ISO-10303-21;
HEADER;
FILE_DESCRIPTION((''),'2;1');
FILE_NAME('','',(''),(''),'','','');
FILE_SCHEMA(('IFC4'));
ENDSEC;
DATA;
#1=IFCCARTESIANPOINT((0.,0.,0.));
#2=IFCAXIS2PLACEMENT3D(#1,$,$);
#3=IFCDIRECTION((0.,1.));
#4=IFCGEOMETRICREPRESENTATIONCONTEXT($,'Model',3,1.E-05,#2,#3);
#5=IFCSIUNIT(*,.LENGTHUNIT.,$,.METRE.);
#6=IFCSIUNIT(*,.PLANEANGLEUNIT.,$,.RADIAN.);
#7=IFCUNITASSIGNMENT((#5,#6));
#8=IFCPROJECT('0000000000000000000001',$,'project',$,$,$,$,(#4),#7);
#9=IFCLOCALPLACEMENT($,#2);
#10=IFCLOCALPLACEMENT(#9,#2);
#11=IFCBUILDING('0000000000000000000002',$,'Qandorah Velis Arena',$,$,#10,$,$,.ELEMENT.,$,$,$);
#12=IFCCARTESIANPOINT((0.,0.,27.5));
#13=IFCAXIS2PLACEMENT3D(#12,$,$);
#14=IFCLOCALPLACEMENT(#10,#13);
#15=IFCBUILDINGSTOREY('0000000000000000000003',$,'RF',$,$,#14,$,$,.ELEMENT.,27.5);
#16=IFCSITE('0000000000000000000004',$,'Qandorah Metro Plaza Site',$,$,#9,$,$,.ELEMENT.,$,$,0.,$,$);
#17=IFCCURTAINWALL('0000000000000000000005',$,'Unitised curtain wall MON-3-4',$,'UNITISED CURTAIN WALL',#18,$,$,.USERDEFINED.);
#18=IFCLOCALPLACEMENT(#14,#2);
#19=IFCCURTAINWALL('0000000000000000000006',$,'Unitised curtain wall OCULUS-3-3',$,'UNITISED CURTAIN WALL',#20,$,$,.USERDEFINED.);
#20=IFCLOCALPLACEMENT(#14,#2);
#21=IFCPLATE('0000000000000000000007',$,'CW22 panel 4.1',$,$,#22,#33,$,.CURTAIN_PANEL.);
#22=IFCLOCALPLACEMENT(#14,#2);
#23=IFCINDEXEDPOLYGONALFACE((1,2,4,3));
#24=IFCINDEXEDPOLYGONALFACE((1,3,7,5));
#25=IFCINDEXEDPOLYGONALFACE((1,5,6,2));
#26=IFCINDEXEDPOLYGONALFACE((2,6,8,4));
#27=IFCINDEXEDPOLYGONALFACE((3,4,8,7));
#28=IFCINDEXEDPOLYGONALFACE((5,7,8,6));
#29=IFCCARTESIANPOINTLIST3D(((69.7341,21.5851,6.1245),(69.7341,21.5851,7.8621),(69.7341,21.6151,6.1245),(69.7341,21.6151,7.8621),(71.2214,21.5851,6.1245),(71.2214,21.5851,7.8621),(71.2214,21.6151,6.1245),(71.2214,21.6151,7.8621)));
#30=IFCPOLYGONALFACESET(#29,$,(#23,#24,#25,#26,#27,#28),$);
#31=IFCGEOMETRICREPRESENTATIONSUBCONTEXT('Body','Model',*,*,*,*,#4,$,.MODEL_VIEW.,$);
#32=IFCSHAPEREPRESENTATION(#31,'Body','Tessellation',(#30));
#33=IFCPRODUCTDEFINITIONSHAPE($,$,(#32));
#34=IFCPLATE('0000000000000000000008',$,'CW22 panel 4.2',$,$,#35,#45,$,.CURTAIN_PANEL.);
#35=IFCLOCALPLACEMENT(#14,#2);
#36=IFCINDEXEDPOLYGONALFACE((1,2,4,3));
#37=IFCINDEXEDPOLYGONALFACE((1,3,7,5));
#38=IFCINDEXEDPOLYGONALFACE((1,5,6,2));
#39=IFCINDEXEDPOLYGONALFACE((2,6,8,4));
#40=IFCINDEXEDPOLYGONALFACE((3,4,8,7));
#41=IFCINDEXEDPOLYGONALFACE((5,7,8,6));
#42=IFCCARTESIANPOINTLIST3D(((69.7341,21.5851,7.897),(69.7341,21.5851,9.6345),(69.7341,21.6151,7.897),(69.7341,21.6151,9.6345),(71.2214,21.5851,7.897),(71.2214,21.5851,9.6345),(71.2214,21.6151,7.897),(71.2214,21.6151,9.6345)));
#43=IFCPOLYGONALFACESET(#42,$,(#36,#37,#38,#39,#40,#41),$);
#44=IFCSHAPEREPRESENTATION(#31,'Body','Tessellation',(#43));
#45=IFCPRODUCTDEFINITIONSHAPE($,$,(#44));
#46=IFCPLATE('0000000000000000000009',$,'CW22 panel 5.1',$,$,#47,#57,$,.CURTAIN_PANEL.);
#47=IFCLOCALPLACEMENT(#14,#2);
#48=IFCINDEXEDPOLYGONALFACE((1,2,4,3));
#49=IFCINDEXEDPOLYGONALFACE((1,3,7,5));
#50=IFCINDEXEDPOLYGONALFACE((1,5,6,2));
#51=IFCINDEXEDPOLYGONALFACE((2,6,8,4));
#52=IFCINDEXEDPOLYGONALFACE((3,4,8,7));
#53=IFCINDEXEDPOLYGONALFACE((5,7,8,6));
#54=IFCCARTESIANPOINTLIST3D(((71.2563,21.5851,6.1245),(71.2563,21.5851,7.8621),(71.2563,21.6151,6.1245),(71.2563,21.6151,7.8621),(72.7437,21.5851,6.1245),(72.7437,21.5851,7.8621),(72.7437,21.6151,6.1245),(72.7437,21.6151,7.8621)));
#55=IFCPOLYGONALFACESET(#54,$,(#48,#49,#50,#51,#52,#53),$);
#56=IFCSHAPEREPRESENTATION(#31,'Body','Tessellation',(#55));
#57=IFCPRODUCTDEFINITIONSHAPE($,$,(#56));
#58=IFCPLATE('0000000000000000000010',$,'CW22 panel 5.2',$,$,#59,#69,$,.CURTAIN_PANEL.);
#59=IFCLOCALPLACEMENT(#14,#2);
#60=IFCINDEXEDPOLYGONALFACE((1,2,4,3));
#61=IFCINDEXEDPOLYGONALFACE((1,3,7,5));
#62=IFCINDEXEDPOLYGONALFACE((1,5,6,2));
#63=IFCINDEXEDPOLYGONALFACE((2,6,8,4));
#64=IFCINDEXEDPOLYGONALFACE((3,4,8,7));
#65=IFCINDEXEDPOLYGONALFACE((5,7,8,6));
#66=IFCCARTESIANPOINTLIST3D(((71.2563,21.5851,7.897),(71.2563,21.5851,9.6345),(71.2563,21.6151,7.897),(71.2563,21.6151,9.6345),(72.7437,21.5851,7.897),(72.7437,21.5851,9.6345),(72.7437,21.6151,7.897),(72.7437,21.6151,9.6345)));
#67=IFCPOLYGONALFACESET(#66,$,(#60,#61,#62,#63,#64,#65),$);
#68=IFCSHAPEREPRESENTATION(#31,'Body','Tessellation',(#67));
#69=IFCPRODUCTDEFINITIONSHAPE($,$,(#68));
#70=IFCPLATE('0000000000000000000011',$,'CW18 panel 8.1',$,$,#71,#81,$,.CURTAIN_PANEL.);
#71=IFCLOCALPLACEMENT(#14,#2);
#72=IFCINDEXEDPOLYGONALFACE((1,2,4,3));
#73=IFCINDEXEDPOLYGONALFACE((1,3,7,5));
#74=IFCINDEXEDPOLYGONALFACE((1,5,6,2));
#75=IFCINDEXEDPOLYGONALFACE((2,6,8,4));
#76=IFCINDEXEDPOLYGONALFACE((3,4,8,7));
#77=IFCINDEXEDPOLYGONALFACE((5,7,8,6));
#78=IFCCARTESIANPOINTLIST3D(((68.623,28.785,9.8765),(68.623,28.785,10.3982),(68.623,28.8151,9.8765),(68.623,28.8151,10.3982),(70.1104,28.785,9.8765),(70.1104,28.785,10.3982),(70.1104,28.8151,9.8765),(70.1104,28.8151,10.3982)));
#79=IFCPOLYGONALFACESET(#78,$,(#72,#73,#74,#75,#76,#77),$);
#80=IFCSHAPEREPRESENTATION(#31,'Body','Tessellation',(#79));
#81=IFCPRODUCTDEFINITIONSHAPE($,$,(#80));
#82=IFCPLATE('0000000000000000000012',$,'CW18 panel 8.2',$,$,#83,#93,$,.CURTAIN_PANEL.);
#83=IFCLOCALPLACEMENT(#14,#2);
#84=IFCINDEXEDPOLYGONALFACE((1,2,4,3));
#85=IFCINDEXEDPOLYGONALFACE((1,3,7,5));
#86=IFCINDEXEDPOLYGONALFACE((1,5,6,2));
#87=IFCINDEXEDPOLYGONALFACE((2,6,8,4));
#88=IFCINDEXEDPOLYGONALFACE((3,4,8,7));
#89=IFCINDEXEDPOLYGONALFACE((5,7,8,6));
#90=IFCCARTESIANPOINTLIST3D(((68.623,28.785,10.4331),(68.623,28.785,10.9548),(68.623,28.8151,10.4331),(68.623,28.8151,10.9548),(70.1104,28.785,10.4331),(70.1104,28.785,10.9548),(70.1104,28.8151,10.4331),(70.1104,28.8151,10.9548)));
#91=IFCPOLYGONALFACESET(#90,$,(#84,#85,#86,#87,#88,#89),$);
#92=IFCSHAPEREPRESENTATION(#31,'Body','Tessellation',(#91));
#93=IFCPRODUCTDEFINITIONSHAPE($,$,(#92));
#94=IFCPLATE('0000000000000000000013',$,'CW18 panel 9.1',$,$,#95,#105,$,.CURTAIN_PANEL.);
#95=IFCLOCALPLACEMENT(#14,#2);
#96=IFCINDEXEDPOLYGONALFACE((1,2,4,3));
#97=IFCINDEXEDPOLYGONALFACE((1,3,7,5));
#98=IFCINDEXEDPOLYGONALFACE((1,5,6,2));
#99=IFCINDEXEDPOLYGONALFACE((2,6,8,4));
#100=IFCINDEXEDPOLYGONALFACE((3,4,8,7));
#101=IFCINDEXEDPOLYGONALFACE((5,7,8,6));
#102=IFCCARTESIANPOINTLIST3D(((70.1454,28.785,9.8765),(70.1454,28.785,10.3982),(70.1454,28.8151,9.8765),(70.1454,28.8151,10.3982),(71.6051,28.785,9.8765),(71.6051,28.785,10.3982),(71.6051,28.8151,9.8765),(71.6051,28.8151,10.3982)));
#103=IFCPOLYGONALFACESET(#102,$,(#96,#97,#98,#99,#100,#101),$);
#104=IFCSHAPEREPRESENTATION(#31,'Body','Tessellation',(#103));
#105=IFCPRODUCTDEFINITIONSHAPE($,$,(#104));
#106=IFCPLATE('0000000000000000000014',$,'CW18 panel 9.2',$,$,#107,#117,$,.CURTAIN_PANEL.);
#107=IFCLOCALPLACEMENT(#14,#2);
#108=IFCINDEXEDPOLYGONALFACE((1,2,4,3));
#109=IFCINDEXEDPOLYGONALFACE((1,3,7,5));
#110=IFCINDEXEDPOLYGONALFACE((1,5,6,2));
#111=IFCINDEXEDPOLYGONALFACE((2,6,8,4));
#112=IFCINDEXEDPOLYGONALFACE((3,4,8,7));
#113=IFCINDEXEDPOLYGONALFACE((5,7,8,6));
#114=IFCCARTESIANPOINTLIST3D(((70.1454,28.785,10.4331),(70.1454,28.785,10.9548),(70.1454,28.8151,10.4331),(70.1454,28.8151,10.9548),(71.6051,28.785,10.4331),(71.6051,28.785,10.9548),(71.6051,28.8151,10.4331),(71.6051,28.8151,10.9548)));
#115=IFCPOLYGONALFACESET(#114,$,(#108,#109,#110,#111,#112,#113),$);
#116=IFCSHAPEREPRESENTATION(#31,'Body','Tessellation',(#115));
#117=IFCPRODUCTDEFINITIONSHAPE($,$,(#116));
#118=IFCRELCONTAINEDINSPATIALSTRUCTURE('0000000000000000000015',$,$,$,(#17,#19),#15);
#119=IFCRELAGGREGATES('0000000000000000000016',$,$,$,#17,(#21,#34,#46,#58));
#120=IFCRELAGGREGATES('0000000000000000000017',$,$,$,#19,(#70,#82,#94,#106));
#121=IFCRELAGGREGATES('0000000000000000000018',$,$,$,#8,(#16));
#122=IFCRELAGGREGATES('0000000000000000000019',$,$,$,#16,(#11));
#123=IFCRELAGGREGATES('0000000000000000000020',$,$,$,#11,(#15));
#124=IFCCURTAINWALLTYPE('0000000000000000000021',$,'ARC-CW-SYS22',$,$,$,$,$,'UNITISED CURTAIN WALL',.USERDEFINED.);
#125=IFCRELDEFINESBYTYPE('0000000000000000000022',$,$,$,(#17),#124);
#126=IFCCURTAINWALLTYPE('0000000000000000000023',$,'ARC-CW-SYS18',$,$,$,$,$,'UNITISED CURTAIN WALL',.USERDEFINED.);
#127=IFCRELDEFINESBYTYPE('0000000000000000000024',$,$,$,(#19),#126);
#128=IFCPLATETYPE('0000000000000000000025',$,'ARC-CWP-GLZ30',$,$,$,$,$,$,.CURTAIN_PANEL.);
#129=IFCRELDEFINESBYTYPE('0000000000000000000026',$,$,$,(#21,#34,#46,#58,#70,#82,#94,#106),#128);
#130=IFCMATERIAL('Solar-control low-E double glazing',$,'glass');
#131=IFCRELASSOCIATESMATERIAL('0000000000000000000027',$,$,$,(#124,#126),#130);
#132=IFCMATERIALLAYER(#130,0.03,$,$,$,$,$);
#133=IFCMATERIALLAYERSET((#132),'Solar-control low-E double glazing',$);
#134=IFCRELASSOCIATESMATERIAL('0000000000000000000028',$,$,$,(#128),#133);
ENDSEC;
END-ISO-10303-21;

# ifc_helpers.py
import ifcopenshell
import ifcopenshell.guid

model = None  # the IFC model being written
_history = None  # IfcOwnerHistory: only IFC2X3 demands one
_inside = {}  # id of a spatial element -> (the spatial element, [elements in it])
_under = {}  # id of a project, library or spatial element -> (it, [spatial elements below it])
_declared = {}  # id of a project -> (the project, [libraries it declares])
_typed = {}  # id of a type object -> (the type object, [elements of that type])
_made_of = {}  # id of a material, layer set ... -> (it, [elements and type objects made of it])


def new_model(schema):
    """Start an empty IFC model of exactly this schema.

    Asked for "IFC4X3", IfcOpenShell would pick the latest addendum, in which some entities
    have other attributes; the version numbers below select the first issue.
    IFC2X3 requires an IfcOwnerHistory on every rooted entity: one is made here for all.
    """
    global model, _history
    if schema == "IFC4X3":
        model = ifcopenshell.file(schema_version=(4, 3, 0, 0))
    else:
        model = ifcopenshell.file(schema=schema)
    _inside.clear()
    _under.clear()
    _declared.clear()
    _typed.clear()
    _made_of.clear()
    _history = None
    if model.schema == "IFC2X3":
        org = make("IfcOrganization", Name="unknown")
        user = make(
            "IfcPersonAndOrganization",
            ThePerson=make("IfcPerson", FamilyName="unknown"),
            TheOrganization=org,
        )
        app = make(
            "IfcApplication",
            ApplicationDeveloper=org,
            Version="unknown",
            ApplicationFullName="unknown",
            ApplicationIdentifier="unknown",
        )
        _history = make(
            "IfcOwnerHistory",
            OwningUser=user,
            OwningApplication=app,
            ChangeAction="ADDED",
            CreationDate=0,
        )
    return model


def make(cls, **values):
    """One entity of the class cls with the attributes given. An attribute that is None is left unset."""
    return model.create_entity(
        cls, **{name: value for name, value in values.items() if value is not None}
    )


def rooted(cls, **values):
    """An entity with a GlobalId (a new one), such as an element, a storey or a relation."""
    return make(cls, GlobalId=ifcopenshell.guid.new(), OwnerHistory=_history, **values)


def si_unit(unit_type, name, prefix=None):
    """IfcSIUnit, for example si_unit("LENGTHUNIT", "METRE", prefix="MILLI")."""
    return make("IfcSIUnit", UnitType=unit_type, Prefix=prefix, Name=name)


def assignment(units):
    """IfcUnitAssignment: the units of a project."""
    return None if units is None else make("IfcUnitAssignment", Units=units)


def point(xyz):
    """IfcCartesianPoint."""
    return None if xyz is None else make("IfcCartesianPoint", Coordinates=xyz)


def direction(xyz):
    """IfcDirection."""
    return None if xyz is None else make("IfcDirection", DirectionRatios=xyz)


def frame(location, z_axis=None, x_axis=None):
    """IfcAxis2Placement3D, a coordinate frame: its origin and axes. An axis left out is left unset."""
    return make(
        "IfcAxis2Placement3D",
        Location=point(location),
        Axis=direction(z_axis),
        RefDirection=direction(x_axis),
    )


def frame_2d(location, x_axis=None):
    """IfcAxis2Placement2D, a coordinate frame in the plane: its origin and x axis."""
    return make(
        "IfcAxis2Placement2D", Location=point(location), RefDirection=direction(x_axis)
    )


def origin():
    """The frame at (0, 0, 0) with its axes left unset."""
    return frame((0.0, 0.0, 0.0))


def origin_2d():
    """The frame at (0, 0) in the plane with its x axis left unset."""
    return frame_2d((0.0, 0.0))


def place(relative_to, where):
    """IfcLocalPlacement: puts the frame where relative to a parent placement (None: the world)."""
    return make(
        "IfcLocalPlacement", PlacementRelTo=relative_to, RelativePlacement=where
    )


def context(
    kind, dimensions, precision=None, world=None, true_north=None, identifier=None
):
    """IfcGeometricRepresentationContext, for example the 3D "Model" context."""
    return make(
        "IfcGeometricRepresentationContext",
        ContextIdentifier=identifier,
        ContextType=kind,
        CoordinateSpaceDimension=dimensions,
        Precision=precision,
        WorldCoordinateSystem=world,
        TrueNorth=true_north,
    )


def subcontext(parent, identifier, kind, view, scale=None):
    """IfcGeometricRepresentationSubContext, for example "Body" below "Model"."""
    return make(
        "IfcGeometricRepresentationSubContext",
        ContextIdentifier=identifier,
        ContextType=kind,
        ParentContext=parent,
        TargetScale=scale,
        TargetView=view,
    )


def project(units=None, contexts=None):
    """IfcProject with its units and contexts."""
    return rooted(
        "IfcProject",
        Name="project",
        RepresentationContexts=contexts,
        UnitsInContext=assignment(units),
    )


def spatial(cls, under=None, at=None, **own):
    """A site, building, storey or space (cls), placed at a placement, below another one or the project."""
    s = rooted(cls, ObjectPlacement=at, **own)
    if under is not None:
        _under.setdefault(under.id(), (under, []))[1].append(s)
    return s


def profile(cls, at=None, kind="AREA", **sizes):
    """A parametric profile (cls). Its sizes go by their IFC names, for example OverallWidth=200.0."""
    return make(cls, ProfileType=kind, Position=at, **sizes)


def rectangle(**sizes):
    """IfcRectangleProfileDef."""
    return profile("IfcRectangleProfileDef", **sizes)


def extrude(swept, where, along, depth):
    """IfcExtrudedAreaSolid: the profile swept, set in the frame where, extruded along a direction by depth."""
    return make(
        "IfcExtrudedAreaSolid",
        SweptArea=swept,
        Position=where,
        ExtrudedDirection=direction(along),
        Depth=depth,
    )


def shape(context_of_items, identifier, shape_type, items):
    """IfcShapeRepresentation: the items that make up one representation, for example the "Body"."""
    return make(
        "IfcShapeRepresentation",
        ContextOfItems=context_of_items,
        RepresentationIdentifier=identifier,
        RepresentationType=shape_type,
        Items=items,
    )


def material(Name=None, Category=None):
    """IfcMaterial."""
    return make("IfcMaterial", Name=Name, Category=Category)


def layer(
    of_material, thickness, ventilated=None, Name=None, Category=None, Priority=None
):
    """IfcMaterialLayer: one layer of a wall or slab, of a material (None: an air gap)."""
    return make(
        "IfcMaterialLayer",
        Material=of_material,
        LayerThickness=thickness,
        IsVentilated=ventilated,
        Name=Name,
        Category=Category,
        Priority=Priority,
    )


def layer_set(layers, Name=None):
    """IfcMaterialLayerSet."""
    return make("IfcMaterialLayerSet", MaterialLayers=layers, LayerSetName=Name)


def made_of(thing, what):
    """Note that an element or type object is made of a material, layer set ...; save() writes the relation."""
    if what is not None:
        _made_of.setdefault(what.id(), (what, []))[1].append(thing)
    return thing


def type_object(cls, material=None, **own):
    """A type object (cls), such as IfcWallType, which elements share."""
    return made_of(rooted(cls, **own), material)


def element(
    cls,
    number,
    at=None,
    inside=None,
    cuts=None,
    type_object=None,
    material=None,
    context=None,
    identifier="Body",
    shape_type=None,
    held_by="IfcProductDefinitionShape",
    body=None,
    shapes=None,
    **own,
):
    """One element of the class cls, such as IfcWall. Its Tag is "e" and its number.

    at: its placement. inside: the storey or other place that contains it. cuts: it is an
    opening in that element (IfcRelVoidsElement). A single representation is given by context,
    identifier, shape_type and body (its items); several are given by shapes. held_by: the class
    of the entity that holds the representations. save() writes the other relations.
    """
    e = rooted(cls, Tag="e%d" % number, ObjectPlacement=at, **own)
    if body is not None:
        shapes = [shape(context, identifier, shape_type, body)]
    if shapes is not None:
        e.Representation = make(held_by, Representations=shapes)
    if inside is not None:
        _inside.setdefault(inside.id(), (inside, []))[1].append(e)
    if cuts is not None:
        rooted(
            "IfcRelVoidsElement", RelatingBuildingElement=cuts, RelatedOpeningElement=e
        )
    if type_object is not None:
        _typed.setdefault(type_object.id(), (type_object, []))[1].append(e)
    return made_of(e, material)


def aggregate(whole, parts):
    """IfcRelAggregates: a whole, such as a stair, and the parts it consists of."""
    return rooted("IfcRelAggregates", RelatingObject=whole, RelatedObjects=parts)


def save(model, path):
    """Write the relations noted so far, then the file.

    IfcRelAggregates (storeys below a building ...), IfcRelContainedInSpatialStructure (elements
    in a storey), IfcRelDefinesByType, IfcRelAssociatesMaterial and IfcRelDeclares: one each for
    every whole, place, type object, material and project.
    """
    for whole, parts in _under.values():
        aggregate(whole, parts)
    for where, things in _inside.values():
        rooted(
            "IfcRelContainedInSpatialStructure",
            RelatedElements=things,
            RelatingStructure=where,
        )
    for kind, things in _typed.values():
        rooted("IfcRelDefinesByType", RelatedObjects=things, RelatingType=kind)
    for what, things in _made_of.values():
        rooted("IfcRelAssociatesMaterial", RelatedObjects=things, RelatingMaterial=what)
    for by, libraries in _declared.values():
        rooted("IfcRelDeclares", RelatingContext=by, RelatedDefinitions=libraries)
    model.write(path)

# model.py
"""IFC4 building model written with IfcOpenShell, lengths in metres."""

from ifc_helpers import new_model, si_unit, direction, frame, origin, origin_2d, place, context, subcontext, project, spatial, rectangle, extrude, material, layer, layer_set, type_object, element, aggregate, save


model = new_model("IFC4")

# Units and contexts
model_context = context("Model", 3, precision=1e-05, world=origin(), true_north=direction((0.0, 1.0)))
body_context = subcontext(model_context, "Body", "Model", "MODEL_VIEW")
ifc_project = project(units=[si_unit("LENGTHUNIT", "METRE"), si_unit("PLANEANGLEUNIT", "RADIAN")], contexts=[model_context])

# Site, building, storey
site_placement = place(None, origin())
site = spatial("IfcSite", under=ifc_project, at=site_placement, Name="Qandorah Metro Plaza Site", CompositionType="ELEMENT", RefElevation=0.0)
building_placement = place(site_placement, origin())
building = spatial("IfcBuilding", under=site, at=building_placement, Name="Qandorah Velis Arena", CompositionType="ELEMENT")
storey_placement = place(building_placement, frame((0.0, 0.0, 27.5)))
storey = spatial("IfcBuildingStorey", under=building, at=storey_placement, Name="RF", CompositionType="ELEMENT", Elevation=27.5)

# Curtain walls
ifc_material_1 = material(Name="Solar-control low-E double glazing", Category="glass")
curtain_wall_type_1 = type_object("IfcCurtainWallType", Name="ARC-CW-SYS22", ElementType="UNITISED CURTAIN WALL", PredefinedType="USERDEFINED", material=ifc_material_1)
curtain_wall_1_placement = place(storey_placement, origin())
curtain_wall_1 = element("IfcCurtainWall", 1, at=curtain_wall_1_placement, inside=storey, type_object=curtain_wall_type_1, Name="Unitised curtain wall MON-3-4", ObjectType="UNITISED CURTAIN WALL", PredefinedType="USERDEFINED")
curtain_wall_type_2 = type_object("IfcCurtainWallType", Name="ARC-CW-SYS18", ElementType="UNITISED CURTAIN WALL", PredefinedType="USERDEFINED", material=ifc_material_1)
curtain_wall_2_placement = place(storey_placement, origin())
curtain_wall_2 = element("IfcCurtainWall", 2, at=curtain_wall_2_placement, inside=storey, type_object=curtain_wall_type_2, Name="Unitised curtain wall OCULUS-3-3", ObjectType="UNITISED CURTAIN WALL", PredefinedType="USERDEFINED")

# Plates
ifc_layer = layer(ifc_material_1, 0.03)
ifc_layer_set = layer_set([ifc_layer], Name="Solar-control low-E double glazing")
plate_type = type_object("IfcPlateType", Name="ARC-CWP-GLZ30", PredefinedType="CURTAIN_PANEL", material=ifc_layer_set)
plate_1_placement = place(storey_placement, frame((70.4778, 21.6001, 6.1245), z_axis=(0.0, 0.0, 1.0), x_axis=(1.0, 0.0, 0.0)))
plate_1 = element("IfcPlate", 3, at=plate_1_placement, type_object=plate_type, Name="CW22 panel 4.1", PredefinedType="CURTAIN_PANEL", context=body_context, shape_type="SweptSolid", body=[
    extrude(rectangle(XDim=1.4873, YDim=0.03, at=origin_2d()), origin(), (0.0, 0.0, 1.0), 1.7375),
])
plate_2_placement = place(storey_placement, frame((70.4778, 21.6001, 7.897), z_axis=(0.0, 0.0, 1.0), x_axis=(1.0, 0.0, 0.0)))
plate_2 = element("IfcPlate", 4, at=plate_2_placement, type_object=plate_type, Name="CW22 panel 4.2", PredefinedType="CURTAIN_PANEL", context=body_context, shape_type="SweptSolid", body=[
    extrude(rectangle(XDim=1.4873, YDim=0.03, at=origin_2d()), origin(), (0.0, 0.0, 1.0), 1.7375),
])
plate_3_placement = place(storey_placement, frame((72.0, 21.6001, 6.1245), z_axis=(0.0, 0.0, 1.0), x_axis=(1.0, 0.0, 0.0)))
plate_3 = element("IfcPlate", 5, at=plate_3_placement, type_object=plate_type, Name="CW22 panel 5.1", PredefinedType="CURTAIN_PANEL", context=body_context, shape_type="SweptSolid", body=[
    extrude(rectangle(XDim=1.4873, YDim=0.03, at=origin_2d()), origin(), (0.0, 0.0, 1.0), 1.7375),
])
plate_4_placement = place(storey_placement, frame((72.0, 21.6001, 7.897), z_axis=(0.0, 0.0, 1.0), x_axis=(1.0, 0.0, 0.0)))
plate_4 = element("IfcPlate", 6, at=plate_4_placement, type_object=plate_type, Name="CW22 panel 5.2", PredefinedType="CURTAIN_PANEL", context=body_context, shape_type="SweptSolid", body=[
    extrude(rectangle(XDim=1.4873, YDim=0.03, at=origin_2d()), origin(), (0.0, 0.0, 1.0), 1.7375),
])
aggregate(curtain_wall_1, [plate_1, plate_2, plate_3, plate_4])
plate_5_placement = place(storey_placement, frame((69.3667, 28.8, 9.8765), z_axis=(0.0, 0.0, 1.0), x_axis=(1.0, 0.0, 0.0)))
plate_5 = element("IfcPlate", 7, at=plate_5_placement, type_object=plate_type, Name="CW18 panel 8.1", PredefinedType="CURTAIN_PANEL", context=body_context, shape_type="SweptSolid", body=[
    extrude(rectangle(XDim=1.4873, YDim=0.03, at=origin_2d()), origin(), (0.0, 0.0, 1.0), 0.5217),
])
plate_6_placement = place(storey_placement, frame((69.3667, 28.8, 10.4331), z_axis=(0.0, 0.0, 1.0), x_axis=(1.0, 0.0, 0.0)))
plate_6 = element("IfcPlate", 8, at=plate_6_placement, type_object=plate_type, Name="CW18 panel 8.2", PredefinedType="CURTAIN_PANEL", context=body_context, shape_type="SweptSolid", body=[
    extrude(rectangle(XDim=1.4873, YDim=0.03, at=origin_2d()), origin(), (0.0, 0.0, 1.0), 0.5217),
])
plate_7_placement = place(storey_placement, frame((70.8752, 28.8, 9.8765), z_axis=(0.0, 0.0, 1.0), x_axis=(1.0, 0.0, 0.0)))
plate_7 = element("IfcPlate", 9, at=plate_7_placement, type_object=plate_type, Name="CW18 panel 9.1", PredefinedType="CURTAIN_PANEL", context=body_context, shape_type="SweptSolid", body=[
    extrude(rectangle(XDim=1.4597, YDim=0.03, at=origin_2d()), origin(), (0.0, 0.0, 1.0), 0.5217),
])
plate_8_placement = place(storey_placement, frame((70.8752, 28.8, 10.4331), z_axis=(0.0, 0.0, 1.0), x_axis=(1.0, 0.0, 0.0)))
plate_8 = element("IfcPlate", 10, at=plate_8_placement, type_object=plate_type, Name="CW18 panel 9.2", PredefinedType="CURTAIN_PANEL", context=body_context, shape_type="SweptSolid", body=[
    extrude(rectangle(XDim=1.4597, YDim=0.03, at=origin_2d()), origin(), (0.0, 0.0, 1.0), 0.5217),
])
aggregate(curtain_wall_2, [plate_5, plate_6, plate_7, plate_8])

save(model, "model.ifc")
